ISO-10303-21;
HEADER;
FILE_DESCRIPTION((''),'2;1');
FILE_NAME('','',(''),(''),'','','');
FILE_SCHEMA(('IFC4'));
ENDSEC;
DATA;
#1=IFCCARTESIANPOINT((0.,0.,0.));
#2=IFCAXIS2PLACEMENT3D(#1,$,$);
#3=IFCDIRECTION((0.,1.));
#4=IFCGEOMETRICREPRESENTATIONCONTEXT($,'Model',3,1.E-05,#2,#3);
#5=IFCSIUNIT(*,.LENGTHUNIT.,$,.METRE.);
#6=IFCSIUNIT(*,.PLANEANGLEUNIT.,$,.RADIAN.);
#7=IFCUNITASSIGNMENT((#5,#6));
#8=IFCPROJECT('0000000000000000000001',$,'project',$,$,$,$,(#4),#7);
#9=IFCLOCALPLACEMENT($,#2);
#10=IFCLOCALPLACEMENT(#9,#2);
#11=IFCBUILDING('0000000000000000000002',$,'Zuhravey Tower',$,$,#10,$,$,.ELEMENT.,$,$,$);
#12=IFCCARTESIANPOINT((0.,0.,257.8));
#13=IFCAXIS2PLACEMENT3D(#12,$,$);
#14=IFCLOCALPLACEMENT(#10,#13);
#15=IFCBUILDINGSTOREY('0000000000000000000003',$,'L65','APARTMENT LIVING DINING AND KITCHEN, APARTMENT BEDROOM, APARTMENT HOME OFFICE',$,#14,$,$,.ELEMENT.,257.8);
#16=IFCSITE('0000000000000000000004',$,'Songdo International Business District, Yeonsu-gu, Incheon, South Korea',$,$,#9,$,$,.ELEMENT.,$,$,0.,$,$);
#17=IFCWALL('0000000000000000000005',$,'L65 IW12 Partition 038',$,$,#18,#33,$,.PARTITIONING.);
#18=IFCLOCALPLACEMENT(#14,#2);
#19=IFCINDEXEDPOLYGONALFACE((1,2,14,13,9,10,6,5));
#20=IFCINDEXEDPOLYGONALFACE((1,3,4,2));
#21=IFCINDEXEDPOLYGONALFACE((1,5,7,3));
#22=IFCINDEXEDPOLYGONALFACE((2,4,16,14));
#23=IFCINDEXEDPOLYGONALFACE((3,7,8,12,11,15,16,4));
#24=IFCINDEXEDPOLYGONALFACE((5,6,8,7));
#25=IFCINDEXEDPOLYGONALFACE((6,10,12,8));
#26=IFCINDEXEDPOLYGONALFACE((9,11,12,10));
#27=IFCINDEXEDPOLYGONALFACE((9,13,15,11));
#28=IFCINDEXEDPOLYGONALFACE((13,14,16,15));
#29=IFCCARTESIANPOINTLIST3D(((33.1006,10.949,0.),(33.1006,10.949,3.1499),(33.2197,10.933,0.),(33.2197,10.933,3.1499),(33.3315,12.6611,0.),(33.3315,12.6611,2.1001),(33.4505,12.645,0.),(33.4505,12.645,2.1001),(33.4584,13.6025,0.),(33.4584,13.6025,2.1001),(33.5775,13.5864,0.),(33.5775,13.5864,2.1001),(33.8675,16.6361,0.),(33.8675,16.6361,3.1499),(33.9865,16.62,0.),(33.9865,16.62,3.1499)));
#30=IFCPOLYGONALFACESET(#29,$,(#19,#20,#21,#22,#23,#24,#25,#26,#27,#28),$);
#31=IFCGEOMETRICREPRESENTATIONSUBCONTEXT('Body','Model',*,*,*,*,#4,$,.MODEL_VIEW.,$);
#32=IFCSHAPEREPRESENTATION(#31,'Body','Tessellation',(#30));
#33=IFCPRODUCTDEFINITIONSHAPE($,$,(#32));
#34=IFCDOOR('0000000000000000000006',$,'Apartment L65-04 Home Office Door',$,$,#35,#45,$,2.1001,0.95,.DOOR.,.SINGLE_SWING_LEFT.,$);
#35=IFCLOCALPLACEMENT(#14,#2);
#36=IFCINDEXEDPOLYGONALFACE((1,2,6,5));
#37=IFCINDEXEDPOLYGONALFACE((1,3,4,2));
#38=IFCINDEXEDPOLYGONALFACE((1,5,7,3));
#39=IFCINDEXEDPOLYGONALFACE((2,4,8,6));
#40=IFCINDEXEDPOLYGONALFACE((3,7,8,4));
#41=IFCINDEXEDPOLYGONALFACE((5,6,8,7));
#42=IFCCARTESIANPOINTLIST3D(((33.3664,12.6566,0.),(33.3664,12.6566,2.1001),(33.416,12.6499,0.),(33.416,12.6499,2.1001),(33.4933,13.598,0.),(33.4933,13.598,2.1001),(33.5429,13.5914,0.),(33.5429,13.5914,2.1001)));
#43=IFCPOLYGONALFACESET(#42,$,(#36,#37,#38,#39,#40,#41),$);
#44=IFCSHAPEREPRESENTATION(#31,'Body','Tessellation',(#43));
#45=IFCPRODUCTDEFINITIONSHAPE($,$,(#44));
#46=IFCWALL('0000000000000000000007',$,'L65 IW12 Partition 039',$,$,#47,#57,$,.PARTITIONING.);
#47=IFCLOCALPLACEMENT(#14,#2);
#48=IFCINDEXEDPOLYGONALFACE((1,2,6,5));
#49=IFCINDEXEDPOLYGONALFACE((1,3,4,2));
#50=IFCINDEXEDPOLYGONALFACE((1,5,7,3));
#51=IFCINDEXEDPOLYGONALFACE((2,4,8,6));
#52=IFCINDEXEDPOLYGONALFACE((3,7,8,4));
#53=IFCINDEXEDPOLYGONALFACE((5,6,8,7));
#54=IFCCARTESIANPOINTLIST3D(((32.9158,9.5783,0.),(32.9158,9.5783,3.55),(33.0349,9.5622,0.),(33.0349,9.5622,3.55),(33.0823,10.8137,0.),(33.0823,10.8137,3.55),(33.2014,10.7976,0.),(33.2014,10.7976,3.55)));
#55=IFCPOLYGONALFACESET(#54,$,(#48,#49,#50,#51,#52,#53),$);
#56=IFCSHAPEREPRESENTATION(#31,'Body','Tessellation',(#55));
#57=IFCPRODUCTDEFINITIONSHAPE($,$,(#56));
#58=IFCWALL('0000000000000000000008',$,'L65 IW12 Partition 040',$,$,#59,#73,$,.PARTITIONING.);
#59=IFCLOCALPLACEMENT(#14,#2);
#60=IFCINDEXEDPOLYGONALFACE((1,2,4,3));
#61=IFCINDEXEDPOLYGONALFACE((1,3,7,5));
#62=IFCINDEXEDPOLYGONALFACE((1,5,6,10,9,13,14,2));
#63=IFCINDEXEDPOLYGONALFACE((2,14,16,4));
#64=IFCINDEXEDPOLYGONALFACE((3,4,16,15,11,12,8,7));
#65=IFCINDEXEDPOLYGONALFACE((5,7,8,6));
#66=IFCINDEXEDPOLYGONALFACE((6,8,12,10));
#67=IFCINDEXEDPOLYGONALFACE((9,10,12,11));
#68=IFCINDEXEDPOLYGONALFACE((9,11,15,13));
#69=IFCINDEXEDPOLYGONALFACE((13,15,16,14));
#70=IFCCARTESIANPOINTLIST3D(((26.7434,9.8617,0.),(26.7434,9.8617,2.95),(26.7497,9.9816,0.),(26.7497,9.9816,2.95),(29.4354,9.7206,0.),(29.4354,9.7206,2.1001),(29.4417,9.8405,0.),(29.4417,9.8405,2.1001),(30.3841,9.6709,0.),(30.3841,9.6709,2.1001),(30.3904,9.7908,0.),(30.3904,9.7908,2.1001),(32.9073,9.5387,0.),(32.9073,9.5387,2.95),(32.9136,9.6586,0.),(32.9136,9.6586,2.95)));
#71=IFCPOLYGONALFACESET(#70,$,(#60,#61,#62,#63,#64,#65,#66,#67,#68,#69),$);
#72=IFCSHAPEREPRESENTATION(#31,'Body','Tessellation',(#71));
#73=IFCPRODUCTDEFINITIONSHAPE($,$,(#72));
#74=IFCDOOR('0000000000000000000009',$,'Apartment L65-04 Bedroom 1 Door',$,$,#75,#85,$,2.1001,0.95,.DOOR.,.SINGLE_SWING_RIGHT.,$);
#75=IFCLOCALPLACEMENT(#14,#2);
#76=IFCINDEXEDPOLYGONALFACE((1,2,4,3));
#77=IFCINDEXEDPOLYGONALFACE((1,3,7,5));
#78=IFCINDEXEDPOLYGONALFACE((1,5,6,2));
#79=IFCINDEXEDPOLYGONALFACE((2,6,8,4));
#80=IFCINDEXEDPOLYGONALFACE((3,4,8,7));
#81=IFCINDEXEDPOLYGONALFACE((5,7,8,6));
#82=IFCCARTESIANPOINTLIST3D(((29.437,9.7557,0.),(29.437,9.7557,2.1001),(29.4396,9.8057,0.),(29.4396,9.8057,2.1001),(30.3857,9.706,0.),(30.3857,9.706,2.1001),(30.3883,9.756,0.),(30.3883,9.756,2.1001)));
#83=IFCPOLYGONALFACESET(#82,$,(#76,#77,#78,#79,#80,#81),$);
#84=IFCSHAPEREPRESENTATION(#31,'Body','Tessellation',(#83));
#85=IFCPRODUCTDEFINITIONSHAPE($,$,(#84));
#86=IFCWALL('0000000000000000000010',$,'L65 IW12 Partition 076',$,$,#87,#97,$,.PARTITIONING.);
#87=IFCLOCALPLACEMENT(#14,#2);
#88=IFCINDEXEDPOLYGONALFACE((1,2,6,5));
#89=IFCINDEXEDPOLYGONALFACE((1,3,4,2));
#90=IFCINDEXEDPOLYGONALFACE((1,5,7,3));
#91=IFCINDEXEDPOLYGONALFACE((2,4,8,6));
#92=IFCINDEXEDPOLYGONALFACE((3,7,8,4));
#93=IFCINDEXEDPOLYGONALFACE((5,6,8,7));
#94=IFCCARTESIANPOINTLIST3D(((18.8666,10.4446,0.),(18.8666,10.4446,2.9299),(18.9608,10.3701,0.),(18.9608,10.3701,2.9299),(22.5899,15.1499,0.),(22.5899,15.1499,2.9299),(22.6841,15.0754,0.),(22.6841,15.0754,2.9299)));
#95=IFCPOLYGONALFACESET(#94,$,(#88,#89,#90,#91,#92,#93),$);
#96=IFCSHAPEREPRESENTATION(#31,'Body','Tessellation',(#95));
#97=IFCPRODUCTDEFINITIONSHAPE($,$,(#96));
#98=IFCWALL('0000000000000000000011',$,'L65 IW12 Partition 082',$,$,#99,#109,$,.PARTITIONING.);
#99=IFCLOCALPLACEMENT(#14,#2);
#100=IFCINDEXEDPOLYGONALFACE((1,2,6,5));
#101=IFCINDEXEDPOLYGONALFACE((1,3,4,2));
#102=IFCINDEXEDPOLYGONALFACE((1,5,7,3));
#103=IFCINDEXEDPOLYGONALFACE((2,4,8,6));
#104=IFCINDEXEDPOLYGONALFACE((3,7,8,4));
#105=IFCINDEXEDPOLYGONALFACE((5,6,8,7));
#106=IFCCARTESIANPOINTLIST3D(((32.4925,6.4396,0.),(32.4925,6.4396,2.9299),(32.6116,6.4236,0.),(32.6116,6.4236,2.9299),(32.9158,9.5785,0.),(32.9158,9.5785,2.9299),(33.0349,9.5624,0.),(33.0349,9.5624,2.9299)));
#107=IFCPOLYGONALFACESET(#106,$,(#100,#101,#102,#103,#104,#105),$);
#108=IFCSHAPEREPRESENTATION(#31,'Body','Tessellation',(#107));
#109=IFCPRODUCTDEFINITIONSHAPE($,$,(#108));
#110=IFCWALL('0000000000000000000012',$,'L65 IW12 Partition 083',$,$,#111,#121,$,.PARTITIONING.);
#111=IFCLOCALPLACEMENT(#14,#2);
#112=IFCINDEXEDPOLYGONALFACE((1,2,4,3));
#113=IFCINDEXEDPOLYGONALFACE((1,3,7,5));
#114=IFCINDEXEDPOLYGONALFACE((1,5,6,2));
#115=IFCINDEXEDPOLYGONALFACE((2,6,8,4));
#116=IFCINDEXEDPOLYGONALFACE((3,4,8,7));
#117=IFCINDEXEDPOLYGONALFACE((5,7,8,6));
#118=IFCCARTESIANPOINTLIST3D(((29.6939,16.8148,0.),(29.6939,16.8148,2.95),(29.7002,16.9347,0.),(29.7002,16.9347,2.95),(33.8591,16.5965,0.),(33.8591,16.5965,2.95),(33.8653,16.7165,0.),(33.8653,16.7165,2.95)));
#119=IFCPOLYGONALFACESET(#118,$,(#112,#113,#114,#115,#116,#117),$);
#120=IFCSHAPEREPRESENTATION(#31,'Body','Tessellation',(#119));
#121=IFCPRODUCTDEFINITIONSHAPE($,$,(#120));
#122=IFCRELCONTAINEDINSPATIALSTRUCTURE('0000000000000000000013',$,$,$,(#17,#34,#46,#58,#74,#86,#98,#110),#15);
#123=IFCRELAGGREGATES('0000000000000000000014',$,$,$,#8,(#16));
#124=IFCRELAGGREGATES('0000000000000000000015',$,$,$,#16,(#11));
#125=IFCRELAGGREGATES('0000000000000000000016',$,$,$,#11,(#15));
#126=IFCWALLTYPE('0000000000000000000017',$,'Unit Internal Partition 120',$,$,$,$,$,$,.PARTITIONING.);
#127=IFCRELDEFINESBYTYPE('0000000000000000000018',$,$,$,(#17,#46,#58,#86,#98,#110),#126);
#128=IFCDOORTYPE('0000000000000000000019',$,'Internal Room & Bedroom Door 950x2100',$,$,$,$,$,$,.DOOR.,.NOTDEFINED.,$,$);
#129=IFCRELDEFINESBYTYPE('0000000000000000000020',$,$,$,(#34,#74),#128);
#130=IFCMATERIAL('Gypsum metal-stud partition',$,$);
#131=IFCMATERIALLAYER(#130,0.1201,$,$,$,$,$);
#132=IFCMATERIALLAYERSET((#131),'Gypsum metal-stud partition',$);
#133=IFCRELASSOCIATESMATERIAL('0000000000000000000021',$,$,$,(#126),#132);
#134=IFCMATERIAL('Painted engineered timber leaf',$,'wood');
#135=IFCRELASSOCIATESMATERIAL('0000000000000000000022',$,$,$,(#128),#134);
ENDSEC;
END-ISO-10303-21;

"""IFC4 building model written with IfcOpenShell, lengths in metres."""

from ifc_helpers import new_model, si_unit, direction, frame, frame_2d, origin, place, context, subcontext, project, spatial, rectangle, extrude, material, layer, layer_set, type_object, element, fill, save


model = new_model("IFC4")

# Units and contexts
model_context = context("Model", 3, precision=1e-05, world=origin(), true_north=direction((0.0, 1.0)))
body_context = subcontext(model_context, "Body", "Model", "MODEL_VIEW")
ifc_project = project(units=[si_unit("LENGTHUNIT", "METRE"), si_unit("PLANEANGLEUNIT", "RADIAN")], contexts=[model_context])

# Site, building, storey
site_placement = place(None, origin())
site = spatial("IfcSite", under=ifc_project, at=site_placement, Name="Songdo International Business District, Yeonsu-gu, Incheon, South Korea", CompositionType="ELEMENT", RefElevation=0.0)
building_placement = place(site_placement, origin())
building = spatial("IfcBuilding", under=site, at=building_placement, Name="Zuhravey Tower", CompositionType="ELEMENT")
storey_placement = place(building_placement, frame((0.0, 0.0, 257.8)))
storey = spatial("IfcBuildingStorey", under=building, at=storey_placement, Name="L65", Description="APARTMENT LIVING DINING AND KITCHEN, APARTMENT BEDROOM, APARTMENT HOME OFFICE", CompositionType="ELEMENT", Elevation=257.8)

# Shared definitions
ifc_material_1 = material(Name="Gypsum metal-stud partition")
ifc_layer_1 = layer(ifc_material_1, 0.1201)
ifc_layer_set_1 = layer_set([ifc_layer_1], Name="Gypsum metal-stud partition")
wall_type_1 = type_object("IfcWallType", Name="Unit Internal Partition 120", PredefinedType="PARTITIONING", material=ifc_layer_set_1)

# Shared definitions
ifc_material_2 = material(Name="Painted engineered timber leaf", Category="wood")
door_type_1 = type_object("IfcDoorType", Name="Internal Room & Bedroom Door 950x2100", OperationType="NOTDEFINED", PredefinedType="DOOR", material=ifc_material_2)

# Wall, opening, door
wall_1_placement = place(storey_placement, frame((33.927, 16.6279, 0.0), z_axis=(0.0, 0.0, 1.0), x_axis=(-0.133632, -0.991031, 0.0)))
wall_1 = element("IfcWall", 1, at=wall_1_placement, inside=storey, type_object=wall_type_1, Name="L65 IW12 Partition 038", PredefinedType="PARTITIONING", context=body_context, shape_type="SweptSolid", body=[
    extrude(rectangle(XDim=5.7385, YDim=0.1201, at=frame_2d((2.8691, 0.0))), origin(), (0.0, 0.0, 1.0), 3.1499),
])
opening_1_placement = place(wall_1_placement, frame((3.0608, 0.0, 0.0)))
opening_1 = element("IfcOpeningElement", 2, at=opening_1_placement, cuts=wall_1, PredefinedType="OPENING", context=body_context, shape_type="SweptSolid", body=[
    extrude(rectangle(XDim=0.95, YDim=2.1001, at=frame_2d((0.4751, 1.05))), frame((0.0, 0.072, 0.0), z_axis=(0.0, -1.0, 0.0), x_axis=(1.0, 0.0, 0.0)), (0.0, 0.0, 1.0), 0.144),
])
door_1_placement = place(opening_1_placement, frame((0.95, 0.0, 0.0), z_axis=(0.0, 0.0, 1.0), x_axis=(-1.0, 0.0, 0.0)))
door_1 = element("IfcDoor", 3, at=door_1_placement, inside=storey, type_object=door_type_1, Name="Apartment L65-04 Home Office Door", OperationType="SINGLE_SWING_LEFT", OverallHeight=2.1001, OverallWidth=0.95, PredefinedType="DOOR", context=body_context, shape_type="SweptSolid", body=[
    extrude(rectangle(XDim=0.95, YDim=2.1001, at=frame_2d((0.4751, 1.05))), frame((0.0, 0.0249, 0.0), z_axis=(0.0, -1.0, 0.0), x_axis=(1.0, 0.0, 0.0)), (0.0, 0.0, 1.0), 0.05),
])
fill(opening_1, door_1)

# Wall
wall_2_placement = place(storey_placement, frame((33.1418, 10.8057, 0.0), z_axis=(0.0, 0.0, 1.0), x_axis=(-0.133575, -0.991039, 0.0)))
element("IfcWall", 4, at=wall_2_placement, inside=storey, type_object=wall_type_1, Name="L65 IW12 Partition 039", PredefinedType="PARTITIONING", context=body_context, shape_type="SweptSolid", body=[
    extrude(rectangle(XDim=1.2466, YDim=0.1201, at=frame_2d((0.6233, 0.0))), origin(), (0.0, 0.0, 1.0), 3.55),
])

# Wall, opening, door
wall_3_placement = place(storey_placement, frame((26.7466, 9.9216, 0.0), z_axis=(0.0, 0.0, 1.0), x_axis=(0.99863, -0.05233, 0.0)))
wall_3 = element("IfcWall", 5, at=wall_3_placement, inside=storey, type_object=wall_type_1, Name="L65 IW12 Partition 040", PredefinedType="PARTITIONING", context=body_context, shape_type="SweptSolid", body=[
    extrude(rectangle(XDim=6.1724, YDim=0.1201, at=frame_2d((3.0862, 0.0))), origin(), (0.0, 0.0, 1.0), 2.95),
])
opening_2_placement = place(wall_3_placement, frame((2.6956, 0.0, 0.0)))
opening_2 = element("IfcOpeningElement", 6, at=opening_2_placement, cuts=wall_3, PredefinedType="OPENING", context=body_context, shape_type="SweptSolid", body=[
    extrude(rectangle(XDim=0.95, YDim=2.1001, at=frame_2d((0.4751, 1.05))), frame((0.0, 0.072, 0.0), z_axis=(0.0, -1.0, 0.0), x_axis=(1.0, 0.0, 0.0)), (0.0, 0.0, 1.0), 0.144),
])
door_2_placement = place(opening_2_placement, frame((0.95, 0.0, 0.0), z_axis=(0.0, 0.0, 1.0), x_axis=(-1.0, 0.0, 0.0)))
door_2 = element("IfcDoor", 7, at=door_2_placement, inside=storey, type_object=door_type_1, Name="Apartment L65-04 Bedroom 1 Door", OperationType="SINGLE_SWING_RIGHT", OverallHeight=2.1001, OverallWidth=0.95, PredefinedType="DOOR", context=body_context, shape_type="SweptSolid", body=[
    extrude(rectangle(XDim=0.95, YDim=2.1001, at=frame_2d((0.4751, 1.05))), frame((0.0, 0.0249, 0.0), z_axis=(0.0, -1.0, 0.0), x_axis=(1.0, 0.0, 0.0)), (0.0, 0.0, 1.0), 0.05),
])
fill(opening_2, door_2)

# Walls
wall_4_placement = place(storey_placement, frame((22.637, 15.1125, 0.0), z_axis=(0.0, 0.0, 1.0), x_axis=(-0.620533, -0.78418, 0.0)))
element("IfcWall", 8, at=wall_4_placement, inside=storey, type_object=wall_type_1, Name="L65 IW12 Partition 076", PredefinedType="PARTITIONING", context=body_context, shape_type="SweptSolid", body=[
    extrude(rectangle(XDim=6.0002, YDim=0.1201, at=frame_2d((3.0, 0.0))), origin(), (0.0, 0.0, 1.0), 2.9299),
])
wall_5_placement = place(storey_placement, frame((32.9753, 9.5703, 0.0), z_axis=(0.0, 0.0, 1.0), x_axis=(-0.133658, -0.991028, 0.0)))
element("IfcWall", 9, at=wall_5_placement, inside=storey, type_object=wall_type_1, Name="L65 IW12 Partition 082", PredefinedType="PARTITIONING", context=body_context, shape_type="SweptSolid", body=[
    extrude(rectangle(XDim=3.1672, YDim=0.1201, at=frame_2d((1.5835, 0.0))), origin(), (0.0, 0.0, 1.0), 2.9299),
])
wall_6_placement = place(storey_placement, frame((29.697, 16.8748, 0.0), z_axis=(0.0, 0.0, 1.0), x_axis=(0.99863, -0.052328, 0.0)))
element("IfcWall", 10, at=wall_6_placement, inside=storey, type_object=wall_type_1, Name="L65 IW12 Partition 083", PredefinedType="PARTITIONING", context=body_context, shape_type="SweptSolid", body=[
    extrude(rectangle(XDim=4.1709, YDim=0.1201, at=frame_2d((2.0854, 0.0))), origin(), (0.0, 0.0, 1.0), 2.95),
])

save(model, "model.ifc")
